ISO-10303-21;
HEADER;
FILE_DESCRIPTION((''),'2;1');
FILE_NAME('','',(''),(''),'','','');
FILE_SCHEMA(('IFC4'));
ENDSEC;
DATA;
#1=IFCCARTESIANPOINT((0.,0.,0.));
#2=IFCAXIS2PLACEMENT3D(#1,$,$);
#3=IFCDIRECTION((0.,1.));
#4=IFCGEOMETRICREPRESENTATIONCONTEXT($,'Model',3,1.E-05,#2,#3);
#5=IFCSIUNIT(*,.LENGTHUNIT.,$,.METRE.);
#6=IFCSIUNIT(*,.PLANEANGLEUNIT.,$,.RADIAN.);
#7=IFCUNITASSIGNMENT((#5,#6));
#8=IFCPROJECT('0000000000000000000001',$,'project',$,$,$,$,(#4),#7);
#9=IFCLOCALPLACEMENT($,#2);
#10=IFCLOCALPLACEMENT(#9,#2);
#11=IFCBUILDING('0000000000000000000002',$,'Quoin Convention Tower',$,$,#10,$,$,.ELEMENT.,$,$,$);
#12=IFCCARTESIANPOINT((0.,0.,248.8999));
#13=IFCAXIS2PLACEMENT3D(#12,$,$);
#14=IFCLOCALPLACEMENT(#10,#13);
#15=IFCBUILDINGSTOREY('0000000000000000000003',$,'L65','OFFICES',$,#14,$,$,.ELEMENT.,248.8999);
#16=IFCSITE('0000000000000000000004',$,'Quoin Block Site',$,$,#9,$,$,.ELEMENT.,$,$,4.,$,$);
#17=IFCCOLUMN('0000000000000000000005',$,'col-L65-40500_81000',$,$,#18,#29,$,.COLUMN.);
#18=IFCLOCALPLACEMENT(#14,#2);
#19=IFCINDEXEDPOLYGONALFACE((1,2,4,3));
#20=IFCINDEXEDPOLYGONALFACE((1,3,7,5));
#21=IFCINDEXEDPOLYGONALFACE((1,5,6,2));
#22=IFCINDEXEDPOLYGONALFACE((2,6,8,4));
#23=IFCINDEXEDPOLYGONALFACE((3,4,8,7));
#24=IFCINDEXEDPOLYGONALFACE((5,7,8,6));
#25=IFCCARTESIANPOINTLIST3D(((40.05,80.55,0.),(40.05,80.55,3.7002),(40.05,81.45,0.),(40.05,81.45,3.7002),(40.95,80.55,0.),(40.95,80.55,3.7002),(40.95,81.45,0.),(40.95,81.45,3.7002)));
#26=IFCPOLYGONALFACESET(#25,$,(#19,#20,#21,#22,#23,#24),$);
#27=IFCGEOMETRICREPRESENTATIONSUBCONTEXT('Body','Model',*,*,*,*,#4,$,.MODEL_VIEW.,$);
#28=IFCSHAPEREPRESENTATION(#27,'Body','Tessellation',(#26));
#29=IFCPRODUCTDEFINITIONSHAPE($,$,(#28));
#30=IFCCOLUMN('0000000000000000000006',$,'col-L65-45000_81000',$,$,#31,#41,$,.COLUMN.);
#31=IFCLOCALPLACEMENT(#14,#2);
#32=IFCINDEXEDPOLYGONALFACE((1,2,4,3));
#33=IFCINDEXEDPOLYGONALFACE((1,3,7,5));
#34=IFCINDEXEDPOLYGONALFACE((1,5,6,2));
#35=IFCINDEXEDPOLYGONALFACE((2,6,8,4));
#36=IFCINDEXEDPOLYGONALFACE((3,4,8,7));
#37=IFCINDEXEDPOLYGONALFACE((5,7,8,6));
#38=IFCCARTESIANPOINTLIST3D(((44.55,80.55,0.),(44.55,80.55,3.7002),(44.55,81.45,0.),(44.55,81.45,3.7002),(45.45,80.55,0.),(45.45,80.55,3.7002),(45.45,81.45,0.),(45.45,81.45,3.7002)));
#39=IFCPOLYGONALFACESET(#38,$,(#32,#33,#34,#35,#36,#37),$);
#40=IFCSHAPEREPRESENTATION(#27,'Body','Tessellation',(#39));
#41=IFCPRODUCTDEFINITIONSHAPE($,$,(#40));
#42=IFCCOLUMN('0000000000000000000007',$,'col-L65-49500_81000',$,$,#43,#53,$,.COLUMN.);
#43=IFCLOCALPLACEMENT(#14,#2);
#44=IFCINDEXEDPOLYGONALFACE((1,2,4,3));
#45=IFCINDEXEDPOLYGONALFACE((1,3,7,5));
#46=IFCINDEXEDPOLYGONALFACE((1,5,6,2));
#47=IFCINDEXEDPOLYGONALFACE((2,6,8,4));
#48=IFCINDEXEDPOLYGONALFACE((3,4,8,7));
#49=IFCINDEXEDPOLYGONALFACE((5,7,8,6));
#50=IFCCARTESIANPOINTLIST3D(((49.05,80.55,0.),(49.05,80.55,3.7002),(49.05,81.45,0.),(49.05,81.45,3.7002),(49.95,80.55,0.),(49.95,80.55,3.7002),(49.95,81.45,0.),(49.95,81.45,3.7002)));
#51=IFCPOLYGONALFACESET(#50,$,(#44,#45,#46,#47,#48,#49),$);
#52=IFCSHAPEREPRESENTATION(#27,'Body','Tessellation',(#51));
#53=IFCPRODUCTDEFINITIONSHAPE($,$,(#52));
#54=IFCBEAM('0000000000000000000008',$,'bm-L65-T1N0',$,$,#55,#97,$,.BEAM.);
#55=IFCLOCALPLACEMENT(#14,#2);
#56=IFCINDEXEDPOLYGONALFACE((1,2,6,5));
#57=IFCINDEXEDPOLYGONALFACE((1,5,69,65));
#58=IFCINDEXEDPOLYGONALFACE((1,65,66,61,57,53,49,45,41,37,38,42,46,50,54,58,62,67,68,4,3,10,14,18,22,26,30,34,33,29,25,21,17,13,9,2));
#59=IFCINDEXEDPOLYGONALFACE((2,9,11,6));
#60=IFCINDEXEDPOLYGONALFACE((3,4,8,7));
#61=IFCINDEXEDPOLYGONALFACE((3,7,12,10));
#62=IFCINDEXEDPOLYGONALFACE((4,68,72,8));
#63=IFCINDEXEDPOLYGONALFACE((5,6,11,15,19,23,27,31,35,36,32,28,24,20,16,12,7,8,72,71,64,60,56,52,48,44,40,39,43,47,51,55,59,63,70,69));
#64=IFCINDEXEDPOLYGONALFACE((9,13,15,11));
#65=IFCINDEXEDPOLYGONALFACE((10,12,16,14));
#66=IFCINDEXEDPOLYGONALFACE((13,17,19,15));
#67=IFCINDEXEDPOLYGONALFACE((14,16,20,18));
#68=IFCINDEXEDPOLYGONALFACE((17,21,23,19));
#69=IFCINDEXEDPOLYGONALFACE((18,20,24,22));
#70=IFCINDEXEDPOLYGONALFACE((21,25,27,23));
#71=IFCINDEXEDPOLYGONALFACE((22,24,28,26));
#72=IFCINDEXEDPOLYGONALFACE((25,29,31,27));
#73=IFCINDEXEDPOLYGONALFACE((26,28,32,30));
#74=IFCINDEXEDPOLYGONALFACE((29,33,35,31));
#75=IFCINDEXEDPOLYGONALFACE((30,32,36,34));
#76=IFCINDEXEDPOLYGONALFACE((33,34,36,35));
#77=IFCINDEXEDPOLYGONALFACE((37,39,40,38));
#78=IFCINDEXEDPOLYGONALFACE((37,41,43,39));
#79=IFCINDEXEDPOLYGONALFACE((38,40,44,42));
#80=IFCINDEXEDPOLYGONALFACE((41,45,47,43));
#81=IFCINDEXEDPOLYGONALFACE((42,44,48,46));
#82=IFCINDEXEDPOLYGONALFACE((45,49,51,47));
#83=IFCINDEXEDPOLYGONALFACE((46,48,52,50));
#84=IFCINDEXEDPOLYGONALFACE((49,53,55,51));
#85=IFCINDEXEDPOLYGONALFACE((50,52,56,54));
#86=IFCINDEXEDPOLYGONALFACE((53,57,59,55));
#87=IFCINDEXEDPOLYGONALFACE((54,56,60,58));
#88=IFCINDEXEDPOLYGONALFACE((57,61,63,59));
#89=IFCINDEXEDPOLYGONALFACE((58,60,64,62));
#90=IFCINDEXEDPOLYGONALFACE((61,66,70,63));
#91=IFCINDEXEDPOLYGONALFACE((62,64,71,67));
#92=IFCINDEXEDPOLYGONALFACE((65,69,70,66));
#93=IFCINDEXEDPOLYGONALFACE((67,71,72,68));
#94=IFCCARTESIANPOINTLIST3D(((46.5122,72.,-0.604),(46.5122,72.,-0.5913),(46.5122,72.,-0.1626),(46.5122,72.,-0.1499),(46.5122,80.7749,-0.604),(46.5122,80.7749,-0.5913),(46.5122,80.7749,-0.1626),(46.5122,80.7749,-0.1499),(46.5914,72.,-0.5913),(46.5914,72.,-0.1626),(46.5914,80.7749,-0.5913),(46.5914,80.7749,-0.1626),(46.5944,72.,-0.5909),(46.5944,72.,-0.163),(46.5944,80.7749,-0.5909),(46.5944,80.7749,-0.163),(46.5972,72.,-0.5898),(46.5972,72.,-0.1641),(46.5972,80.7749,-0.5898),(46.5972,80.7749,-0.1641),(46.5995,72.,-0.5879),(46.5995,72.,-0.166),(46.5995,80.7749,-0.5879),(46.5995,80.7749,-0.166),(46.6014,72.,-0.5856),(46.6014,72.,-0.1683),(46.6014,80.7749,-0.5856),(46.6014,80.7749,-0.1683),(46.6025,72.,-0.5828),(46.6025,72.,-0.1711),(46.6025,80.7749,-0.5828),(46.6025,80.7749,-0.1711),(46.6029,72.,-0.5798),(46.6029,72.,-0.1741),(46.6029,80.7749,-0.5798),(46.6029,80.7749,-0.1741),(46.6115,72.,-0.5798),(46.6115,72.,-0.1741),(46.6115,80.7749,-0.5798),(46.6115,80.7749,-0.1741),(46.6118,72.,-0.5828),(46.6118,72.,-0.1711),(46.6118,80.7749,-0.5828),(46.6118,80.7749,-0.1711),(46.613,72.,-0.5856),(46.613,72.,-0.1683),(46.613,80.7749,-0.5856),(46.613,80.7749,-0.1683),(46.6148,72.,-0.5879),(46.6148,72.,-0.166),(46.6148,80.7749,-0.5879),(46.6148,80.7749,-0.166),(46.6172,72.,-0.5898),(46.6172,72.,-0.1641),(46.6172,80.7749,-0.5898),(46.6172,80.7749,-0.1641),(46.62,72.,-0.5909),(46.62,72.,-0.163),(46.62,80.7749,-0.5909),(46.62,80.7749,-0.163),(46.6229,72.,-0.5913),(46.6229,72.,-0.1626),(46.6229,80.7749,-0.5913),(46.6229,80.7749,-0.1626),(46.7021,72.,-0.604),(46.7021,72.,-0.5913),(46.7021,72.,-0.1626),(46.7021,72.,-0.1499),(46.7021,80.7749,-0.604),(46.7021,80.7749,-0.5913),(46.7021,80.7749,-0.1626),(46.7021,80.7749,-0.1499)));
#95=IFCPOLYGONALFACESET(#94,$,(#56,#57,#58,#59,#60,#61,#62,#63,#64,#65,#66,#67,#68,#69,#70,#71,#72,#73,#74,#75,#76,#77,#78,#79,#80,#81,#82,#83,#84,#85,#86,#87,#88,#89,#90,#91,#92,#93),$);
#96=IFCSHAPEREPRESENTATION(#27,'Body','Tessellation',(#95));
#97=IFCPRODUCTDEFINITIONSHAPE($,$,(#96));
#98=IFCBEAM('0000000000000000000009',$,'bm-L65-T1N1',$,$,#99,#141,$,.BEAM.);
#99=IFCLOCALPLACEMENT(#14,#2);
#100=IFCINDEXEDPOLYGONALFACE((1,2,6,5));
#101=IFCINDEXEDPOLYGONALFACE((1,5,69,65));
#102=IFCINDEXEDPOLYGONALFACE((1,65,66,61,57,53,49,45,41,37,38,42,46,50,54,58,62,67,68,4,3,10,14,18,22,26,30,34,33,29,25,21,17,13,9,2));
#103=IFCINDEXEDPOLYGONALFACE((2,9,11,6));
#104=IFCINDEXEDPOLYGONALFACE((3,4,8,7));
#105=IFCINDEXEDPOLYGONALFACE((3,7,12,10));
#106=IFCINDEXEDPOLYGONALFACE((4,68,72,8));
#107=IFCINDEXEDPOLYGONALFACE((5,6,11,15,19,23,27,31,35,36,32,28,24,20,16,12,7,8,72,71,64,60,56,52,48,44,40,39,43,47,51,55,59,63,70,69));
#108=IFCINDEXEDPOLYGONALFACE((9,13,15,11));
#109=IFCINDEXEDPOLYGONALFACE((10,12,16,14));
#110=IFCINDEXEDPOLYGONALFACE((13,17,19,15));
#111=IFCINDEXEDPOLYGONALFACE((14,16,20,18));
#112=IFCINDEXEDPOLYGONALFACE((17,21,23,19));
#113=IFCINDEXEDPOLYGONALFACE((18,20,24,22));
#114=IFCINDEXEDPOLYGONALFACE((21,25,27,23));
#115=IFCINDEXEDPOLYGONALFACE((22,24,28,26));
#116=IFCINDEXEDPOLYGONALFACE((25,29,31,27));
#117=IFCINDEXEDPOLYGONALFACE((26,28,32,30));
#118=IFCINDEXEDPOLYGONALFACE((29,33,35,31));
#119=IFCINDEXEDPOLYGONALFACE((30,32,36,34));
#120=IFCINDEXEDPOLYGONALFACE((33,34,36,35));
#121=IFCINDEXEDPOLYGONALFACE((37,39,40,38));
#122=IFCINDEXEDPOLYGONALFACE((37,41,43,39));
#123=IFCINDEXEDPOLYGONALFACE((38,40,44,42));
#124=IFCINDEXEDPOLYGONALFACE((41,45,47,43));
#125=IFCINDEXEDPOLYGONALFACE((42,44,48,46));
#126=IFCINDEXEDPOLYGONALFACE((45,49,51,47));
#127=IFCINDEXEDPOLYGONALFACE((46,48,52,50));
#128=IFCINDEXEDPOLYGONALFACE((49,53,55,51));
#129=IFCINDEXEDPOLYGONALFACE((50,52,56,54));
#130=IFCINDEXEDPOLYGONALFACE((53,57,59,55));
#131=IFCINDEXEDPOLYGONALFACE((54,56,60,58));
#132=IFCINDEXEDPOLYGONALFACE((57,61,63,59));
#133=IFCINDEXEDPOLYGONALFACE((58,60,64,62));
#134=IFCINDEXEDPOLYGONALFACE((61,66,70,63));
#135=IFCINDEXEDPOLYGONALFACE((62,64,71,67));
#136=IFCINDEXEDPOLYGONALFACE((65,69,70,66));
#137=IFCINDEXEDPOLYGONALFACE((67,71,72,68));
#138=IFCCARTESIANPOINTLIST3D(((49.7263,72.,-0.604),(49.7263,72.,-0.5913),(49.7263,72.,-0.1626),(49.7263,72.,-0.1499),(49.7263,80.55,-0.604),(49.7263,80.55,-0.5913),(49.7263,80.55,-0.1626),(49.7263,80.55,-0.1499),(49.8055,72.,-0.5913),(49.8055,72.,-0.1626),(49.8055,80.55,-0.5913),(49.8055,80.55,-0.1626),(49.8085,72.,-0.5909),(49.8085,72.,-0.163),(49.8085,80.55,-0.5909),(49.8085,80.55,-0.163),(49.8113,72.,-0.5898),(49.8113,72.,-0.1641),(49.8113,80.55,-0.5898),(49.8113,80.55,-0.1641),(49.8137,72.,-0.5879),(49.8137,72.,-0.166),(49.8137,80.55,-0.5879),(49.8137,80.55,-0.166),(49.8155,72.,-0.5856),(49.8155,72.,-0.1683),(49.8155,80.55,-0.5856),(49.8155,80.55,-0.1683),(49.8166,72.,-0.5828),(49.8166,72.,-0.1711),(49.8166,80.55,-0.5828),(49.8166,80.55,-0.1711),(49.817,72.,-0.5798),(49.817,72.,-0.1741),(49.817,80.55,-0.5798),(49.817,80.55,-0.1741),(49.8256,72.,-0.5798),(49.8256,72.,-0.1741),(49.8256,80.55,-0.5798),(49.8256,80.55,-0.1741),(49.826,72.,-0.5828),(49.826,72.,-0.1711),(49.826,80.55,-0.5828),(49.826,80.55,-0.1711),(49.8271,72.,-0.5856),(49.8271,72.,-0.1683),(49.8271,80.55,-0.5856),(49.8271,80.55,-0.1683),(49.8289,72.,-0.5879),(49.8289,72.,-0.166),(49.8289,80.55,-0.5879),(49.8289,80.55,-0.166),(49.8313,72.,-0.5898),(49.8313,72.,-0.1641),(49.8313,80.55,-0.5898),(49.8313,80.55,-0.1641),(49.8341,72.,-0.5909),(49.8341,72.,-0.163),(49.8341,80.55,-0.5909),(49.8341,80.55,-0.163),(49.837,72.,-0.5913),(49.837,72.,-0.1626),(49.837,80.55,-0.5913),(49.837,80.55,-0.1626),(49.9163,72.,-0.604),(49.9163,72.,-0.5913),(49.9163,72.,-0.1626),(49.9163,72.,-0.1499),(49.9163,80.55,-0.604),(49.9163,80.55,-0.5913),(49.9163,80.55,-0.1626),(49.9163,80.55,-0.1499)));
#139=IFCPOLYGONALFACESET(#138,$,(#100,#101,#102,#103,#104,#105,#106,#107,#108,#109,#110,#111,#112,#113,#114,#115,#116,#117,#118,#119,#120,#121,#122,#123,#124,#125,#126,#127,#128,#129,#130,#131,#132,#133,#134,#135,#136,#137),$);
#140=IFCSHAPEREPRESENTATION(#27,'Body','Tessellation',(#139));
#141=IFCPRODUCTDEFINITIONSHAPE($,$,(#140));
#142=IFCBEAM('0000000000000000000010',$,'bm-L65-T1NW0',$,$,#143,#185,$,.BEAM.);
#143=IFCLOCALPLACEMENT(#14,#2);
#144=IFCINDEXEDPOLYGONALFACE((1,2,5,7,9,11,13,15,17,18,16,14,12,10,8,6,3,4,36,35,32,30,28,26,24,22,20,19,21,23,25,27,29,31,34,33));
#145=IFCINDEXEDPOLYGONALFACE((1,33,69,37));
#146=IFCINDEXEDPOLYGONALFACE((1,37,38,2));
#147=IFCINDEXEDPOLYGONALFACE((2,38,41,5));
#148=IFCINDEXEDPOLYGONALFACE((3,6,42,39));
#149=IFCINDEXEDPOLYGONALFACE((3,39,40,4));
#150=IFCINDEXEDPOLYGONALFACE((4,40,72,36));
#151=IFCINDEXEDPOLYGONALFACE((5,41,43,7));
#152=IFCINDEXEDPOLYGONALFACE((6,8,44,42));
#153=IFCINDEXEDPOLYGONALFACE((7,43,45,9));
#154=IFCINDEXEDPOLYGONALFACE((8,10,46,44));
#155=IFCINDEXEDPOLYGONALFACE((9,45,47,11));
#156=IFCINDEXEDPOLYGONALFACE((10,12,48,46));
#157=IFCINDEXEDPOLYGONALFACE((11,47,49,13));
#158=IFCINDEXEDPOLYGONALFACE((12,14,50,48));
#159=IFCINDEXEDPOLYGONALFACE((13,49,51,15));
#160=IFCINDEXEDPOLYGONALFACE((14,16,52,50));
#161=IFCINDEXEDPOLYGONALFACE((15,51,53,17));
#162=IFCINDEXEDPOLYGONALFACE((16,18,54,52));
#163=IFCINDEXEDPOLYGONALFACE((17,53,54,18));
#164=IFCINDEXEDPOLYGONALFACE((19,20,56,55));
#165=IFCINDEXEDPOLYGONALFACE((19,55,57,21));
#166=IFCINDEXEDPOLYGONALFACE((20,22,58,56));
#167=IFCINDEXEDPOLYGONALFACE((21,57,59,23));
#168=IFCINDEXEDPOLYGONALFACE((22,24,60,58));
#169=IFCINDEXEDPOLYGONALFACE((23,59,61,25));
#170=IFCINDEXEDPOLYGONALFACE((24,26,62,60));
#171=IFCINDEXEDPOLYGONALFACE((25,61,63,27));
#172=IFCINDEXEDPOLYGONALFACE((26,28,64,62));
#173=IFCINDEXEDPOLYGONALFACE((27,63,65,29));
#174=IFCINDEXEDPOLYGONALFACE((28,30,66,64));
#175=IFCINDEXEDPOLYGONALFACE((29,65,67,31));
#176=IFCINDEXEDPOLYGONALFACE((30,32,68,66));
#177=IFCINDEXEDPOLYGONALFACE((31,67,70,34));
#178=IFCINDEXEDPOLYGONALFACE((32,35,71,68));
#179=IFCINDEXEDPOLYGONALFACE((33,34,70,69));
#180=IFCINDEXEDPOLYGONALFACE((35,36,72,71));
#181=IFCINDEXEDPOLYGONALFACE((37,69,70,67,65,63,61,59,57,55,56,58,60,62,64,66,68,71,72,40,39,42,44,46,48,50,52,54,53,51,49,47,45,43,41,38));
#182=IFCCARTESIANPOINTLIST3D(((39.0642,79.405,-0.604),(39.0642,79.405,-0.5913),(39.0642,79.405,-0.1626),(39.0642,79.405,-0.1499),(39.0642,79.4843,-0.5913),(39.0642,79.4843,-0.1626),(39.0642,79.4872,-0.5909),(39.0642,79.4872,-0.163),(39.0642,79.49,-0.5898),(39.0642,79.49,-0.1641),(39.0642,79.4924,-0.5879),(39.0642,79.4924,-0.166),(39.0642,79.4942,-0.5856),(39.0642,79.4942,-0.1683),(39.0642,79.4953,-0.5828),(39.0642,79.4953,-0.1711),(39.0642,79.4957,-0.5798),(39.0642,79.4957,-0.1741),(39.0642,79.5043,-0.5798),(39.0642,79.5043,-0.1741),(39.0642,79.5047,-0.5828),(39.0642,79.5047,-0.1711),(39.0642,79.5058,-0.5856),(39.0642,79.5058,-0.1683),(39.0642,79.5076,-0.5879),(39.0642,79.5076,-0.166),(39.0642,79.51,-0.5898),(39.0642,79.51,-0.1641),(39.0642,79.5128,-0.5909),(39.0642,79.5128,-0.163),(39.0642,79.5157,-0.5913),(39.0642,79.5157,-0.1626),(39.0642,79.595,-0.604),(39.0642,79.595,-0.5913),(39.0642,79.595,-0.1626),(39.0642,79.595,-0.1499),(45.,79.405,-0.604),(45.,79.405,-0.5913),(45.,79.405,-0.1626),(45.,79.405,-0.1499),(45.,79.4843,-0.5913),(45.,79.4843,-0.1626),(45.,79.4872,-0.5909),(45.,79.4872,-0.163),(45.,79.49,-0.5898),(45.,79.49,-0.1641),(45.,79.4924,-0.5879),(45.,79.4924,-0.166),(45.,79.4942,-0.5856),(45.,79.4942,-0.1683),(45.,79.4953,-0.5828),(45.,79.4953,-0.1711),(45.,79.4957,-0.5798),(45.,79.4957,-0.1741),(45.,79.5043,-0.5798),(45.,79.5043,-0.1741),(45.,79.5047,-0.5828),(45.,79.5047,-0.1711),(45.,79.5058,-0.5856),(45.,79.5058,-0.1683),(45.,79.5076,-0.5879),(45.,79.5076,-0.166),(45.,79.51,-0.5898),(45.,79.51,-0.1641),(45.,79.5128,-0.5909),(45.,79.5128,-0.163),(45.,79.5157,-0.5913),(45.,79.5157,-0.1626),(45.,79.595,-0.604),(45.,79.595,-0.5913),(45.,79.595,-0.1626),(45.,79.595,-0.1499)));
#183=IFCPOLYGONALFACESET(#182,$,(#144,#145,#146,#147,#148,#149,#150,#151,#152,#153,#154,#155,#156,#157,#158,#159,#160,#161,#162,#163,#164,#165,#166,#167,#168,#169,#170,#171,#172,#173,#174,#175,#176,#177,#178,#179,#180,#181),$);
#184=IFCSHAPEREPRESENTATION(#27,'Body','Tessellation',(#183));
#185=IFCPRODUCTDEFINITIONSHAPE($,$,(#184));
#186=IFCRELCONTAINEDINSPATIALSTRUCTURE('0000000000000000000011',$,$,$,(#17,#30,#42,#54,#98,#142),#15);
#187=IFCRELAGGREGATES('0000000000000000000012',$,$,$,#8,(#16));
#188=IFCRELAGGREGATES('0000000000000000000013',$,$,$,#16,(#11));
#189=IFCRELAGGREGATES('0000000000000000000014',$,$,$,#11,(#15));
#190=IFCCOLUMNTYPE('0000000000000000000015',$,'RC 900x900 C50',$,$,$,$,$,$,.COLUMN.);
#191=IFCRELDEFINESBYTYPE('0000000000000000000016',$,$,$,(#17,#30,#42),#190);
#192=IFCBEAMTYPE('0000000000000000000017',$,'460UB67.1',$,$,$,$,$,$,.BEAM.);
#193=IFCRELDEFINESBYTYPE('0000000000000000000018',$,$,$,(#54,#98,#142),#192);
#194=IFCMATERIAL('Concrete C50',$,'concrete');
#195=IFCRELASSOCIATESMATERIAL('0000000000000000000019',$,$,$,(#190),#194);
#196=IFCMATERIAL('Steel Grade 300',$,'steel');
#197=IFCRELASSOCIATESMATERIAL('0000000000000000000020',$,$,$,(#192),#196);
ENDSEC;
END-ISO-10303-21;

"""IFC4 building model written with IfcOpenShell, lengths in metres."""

from ifc_helpers import new_model, si_unit, direction, frame, origin, origin_2d, place, context, subcontext, project, spatial, rectangle, i_section, extrude, material, material_profile, profile_set, type_object, element, save


model = new_model("IFC4")

# Units and contexts
model_context = context("Model", 3, precision=1e-05, world=origin(), true_north=direction((0.0, 1.0)))
body_context = subcontext(model_context, "Body", "Model", "MODEL_VIEW")
ifc_project = project(units=[si_unit("LENGTHUNIT", "METRE"), si_unit("PLANEANGLEUNIT", "RADIAN")], contexts=[model_context])

# Site, building, storey
site_placement = place(None, origin())
site = spatial("IfcSite", under=ifc_project, at=site_placement, Name="Quoin Block Site", CompositionType="ELEMENT", RefElevation=4.0)
building_placement = place(site_placement, origin())
building = spatial("IfcBuilding", under=site, at=building_placement, Name="Quoin Convention Tower", CompositionType="ELEMENT")
storey_placement = place(building_placement, frame((0.0, 0.0, 248.8999)))
storey = spatial("IfcBuildingStorey", under=building, at=storey_placement, Name="L65", Description="OFFICES", CompositionType="ELEMENT", Elevation=248.8999)

# Columns
ifc_material_1 = material(Name="Concrete C50", Category="concrete")
ifc_material_profile_1 = material_profile(ifc_material_1, rectangle(XDim=0.8999, YDim=0.8999, at=origin_2d()), Name="RC 900x900")
ifc_profile_set_1 = profile_set([ifc_material_profile_1], Name="Concrete C50")
column_type = type_object("IfcColumnType", Name="RC 900x900 C50", PredefinedType="COLUMN", material=ifc_profile_set_1)
for number, where, z_axis, x_axis, name in (
    (1, (40.5, 81.0, 0.0), (0.0, 0.0, 1.0), (1.0, 0.0, 0.0), "col-L65-40500_81000"),
    (2, (45.0, 81.0, 0.0), (0.0, 0.0, 1.0), (1.0, 0.0, 0.0), "col-L65-45000_81000"),
    (3, (49.5, 81.0, 0.0), (0.0, 0.0, 1.0), (1.0, 0.0, 0.0), "col-L65-49500_81000"),
):
    element("IfcColumn", number, at=place(storey_placement, frame(where, z_axis=z_axis, x_axis=x_axis)), inside=storey, type_object=column_type, Name=name, PredefinedType="COLUMN", context=body_context, shape_type="SweptSolid", body=[
        extrude(rectangle(XDim=0.8999, YDim=0.8999, at=origin_2d()), origin(), (0.0, 0.0, 1.0), 3.7002),
    ])

# Beams
ifc_material_2 = material(Name="Steel Grade 300", Category="steel")
ifc_material_profile_2 = material_profile(ifc_material_2, i_section(OverallWidth=0.1899, OverallDepth=0.4541, WebThickness=0.0085, FlangeThickness=0.0127, FilletRadius=0.0115, at=origin_2d()), Name="460UB67.1")
ifc_profile_set_2 = profile_set([ifc_material_profile_2], Name="Steel Grade 300")
beam_type_1 = type_object("IfcBeamType", Name="460UB67.1", PredefinedType="BEAM", material=ifc_profile_set_2)
beam_1_placement = place(storey_placement, frame((46.6072, 72.0, -0.377), z_axis=(0.0, 1.0, 0.0), x_axis=(-1.0, 0.0, 0.0)))
element("IfcBeam", 4, at=beam_1_placement, inside=storey, type_object=beam_type_1, Name="bm-L65-T1N0", PredefinedType="BEAM", context=body_context, shape_type="SweptSolid", body=[
    extrude(i_section(OverallWidth=0.1899, OverallDepth=0.4541, WebThickness=0.0085, FlangeThickness=0.0127, FilletRadius=0.0115, at=origin_2d()), origin(), (0.0, 0.0, 1.0), 8.7749),
])
beam_2_placement = place(storey_placement, frame((49.8213, 72.0, -0.377), z_axis=(0.0, 1.0, 0.0), x_axis=(-1.0, 0.0, 0.0)))
element("IfcBeam", 5, at=beam_2_placement, inside=storey, type_object=beam_type_1, Name="bm-L65-T1N1", PredefinedType="BEAM", context=body_context, shape_type="SweptSolid", body=[
    extrude(i_section(OverallWidth=0.1899, OverallDepth=0.4541, WebThickness=0.0085, FlangeThickness=0.0127, FilletRadius=0.0115, at=origin_2d()), origin(), (0.0, 0.0, 1.0), 8.55),
])
beam_3_placement = place(storey_placement, frame((39.0642, 79.5, -0.377), z_axis=(1.0, 0.0, 0.0), x_axis=(0.0, 1.0, 0.0)))
element("IfcBeam", 6, at=beam_3_placement, inside=storey, type_object=beam_type_1, Name="bm-L65-T1NW0", PredefinedType="BEAM", context=body_context, shape_type="SweptSolid", body=[
    extrude(i_section(OverallWidth=0.1899, OverallDepth=0.4541, WebThickness=0.0085, FlangeThickness=0.0127, FilletRadius=0.0115, at=origin_2d()), origin(), (0.0, 0.0, 1.0), 5.9358),
])

save(model, "model.ifc")
